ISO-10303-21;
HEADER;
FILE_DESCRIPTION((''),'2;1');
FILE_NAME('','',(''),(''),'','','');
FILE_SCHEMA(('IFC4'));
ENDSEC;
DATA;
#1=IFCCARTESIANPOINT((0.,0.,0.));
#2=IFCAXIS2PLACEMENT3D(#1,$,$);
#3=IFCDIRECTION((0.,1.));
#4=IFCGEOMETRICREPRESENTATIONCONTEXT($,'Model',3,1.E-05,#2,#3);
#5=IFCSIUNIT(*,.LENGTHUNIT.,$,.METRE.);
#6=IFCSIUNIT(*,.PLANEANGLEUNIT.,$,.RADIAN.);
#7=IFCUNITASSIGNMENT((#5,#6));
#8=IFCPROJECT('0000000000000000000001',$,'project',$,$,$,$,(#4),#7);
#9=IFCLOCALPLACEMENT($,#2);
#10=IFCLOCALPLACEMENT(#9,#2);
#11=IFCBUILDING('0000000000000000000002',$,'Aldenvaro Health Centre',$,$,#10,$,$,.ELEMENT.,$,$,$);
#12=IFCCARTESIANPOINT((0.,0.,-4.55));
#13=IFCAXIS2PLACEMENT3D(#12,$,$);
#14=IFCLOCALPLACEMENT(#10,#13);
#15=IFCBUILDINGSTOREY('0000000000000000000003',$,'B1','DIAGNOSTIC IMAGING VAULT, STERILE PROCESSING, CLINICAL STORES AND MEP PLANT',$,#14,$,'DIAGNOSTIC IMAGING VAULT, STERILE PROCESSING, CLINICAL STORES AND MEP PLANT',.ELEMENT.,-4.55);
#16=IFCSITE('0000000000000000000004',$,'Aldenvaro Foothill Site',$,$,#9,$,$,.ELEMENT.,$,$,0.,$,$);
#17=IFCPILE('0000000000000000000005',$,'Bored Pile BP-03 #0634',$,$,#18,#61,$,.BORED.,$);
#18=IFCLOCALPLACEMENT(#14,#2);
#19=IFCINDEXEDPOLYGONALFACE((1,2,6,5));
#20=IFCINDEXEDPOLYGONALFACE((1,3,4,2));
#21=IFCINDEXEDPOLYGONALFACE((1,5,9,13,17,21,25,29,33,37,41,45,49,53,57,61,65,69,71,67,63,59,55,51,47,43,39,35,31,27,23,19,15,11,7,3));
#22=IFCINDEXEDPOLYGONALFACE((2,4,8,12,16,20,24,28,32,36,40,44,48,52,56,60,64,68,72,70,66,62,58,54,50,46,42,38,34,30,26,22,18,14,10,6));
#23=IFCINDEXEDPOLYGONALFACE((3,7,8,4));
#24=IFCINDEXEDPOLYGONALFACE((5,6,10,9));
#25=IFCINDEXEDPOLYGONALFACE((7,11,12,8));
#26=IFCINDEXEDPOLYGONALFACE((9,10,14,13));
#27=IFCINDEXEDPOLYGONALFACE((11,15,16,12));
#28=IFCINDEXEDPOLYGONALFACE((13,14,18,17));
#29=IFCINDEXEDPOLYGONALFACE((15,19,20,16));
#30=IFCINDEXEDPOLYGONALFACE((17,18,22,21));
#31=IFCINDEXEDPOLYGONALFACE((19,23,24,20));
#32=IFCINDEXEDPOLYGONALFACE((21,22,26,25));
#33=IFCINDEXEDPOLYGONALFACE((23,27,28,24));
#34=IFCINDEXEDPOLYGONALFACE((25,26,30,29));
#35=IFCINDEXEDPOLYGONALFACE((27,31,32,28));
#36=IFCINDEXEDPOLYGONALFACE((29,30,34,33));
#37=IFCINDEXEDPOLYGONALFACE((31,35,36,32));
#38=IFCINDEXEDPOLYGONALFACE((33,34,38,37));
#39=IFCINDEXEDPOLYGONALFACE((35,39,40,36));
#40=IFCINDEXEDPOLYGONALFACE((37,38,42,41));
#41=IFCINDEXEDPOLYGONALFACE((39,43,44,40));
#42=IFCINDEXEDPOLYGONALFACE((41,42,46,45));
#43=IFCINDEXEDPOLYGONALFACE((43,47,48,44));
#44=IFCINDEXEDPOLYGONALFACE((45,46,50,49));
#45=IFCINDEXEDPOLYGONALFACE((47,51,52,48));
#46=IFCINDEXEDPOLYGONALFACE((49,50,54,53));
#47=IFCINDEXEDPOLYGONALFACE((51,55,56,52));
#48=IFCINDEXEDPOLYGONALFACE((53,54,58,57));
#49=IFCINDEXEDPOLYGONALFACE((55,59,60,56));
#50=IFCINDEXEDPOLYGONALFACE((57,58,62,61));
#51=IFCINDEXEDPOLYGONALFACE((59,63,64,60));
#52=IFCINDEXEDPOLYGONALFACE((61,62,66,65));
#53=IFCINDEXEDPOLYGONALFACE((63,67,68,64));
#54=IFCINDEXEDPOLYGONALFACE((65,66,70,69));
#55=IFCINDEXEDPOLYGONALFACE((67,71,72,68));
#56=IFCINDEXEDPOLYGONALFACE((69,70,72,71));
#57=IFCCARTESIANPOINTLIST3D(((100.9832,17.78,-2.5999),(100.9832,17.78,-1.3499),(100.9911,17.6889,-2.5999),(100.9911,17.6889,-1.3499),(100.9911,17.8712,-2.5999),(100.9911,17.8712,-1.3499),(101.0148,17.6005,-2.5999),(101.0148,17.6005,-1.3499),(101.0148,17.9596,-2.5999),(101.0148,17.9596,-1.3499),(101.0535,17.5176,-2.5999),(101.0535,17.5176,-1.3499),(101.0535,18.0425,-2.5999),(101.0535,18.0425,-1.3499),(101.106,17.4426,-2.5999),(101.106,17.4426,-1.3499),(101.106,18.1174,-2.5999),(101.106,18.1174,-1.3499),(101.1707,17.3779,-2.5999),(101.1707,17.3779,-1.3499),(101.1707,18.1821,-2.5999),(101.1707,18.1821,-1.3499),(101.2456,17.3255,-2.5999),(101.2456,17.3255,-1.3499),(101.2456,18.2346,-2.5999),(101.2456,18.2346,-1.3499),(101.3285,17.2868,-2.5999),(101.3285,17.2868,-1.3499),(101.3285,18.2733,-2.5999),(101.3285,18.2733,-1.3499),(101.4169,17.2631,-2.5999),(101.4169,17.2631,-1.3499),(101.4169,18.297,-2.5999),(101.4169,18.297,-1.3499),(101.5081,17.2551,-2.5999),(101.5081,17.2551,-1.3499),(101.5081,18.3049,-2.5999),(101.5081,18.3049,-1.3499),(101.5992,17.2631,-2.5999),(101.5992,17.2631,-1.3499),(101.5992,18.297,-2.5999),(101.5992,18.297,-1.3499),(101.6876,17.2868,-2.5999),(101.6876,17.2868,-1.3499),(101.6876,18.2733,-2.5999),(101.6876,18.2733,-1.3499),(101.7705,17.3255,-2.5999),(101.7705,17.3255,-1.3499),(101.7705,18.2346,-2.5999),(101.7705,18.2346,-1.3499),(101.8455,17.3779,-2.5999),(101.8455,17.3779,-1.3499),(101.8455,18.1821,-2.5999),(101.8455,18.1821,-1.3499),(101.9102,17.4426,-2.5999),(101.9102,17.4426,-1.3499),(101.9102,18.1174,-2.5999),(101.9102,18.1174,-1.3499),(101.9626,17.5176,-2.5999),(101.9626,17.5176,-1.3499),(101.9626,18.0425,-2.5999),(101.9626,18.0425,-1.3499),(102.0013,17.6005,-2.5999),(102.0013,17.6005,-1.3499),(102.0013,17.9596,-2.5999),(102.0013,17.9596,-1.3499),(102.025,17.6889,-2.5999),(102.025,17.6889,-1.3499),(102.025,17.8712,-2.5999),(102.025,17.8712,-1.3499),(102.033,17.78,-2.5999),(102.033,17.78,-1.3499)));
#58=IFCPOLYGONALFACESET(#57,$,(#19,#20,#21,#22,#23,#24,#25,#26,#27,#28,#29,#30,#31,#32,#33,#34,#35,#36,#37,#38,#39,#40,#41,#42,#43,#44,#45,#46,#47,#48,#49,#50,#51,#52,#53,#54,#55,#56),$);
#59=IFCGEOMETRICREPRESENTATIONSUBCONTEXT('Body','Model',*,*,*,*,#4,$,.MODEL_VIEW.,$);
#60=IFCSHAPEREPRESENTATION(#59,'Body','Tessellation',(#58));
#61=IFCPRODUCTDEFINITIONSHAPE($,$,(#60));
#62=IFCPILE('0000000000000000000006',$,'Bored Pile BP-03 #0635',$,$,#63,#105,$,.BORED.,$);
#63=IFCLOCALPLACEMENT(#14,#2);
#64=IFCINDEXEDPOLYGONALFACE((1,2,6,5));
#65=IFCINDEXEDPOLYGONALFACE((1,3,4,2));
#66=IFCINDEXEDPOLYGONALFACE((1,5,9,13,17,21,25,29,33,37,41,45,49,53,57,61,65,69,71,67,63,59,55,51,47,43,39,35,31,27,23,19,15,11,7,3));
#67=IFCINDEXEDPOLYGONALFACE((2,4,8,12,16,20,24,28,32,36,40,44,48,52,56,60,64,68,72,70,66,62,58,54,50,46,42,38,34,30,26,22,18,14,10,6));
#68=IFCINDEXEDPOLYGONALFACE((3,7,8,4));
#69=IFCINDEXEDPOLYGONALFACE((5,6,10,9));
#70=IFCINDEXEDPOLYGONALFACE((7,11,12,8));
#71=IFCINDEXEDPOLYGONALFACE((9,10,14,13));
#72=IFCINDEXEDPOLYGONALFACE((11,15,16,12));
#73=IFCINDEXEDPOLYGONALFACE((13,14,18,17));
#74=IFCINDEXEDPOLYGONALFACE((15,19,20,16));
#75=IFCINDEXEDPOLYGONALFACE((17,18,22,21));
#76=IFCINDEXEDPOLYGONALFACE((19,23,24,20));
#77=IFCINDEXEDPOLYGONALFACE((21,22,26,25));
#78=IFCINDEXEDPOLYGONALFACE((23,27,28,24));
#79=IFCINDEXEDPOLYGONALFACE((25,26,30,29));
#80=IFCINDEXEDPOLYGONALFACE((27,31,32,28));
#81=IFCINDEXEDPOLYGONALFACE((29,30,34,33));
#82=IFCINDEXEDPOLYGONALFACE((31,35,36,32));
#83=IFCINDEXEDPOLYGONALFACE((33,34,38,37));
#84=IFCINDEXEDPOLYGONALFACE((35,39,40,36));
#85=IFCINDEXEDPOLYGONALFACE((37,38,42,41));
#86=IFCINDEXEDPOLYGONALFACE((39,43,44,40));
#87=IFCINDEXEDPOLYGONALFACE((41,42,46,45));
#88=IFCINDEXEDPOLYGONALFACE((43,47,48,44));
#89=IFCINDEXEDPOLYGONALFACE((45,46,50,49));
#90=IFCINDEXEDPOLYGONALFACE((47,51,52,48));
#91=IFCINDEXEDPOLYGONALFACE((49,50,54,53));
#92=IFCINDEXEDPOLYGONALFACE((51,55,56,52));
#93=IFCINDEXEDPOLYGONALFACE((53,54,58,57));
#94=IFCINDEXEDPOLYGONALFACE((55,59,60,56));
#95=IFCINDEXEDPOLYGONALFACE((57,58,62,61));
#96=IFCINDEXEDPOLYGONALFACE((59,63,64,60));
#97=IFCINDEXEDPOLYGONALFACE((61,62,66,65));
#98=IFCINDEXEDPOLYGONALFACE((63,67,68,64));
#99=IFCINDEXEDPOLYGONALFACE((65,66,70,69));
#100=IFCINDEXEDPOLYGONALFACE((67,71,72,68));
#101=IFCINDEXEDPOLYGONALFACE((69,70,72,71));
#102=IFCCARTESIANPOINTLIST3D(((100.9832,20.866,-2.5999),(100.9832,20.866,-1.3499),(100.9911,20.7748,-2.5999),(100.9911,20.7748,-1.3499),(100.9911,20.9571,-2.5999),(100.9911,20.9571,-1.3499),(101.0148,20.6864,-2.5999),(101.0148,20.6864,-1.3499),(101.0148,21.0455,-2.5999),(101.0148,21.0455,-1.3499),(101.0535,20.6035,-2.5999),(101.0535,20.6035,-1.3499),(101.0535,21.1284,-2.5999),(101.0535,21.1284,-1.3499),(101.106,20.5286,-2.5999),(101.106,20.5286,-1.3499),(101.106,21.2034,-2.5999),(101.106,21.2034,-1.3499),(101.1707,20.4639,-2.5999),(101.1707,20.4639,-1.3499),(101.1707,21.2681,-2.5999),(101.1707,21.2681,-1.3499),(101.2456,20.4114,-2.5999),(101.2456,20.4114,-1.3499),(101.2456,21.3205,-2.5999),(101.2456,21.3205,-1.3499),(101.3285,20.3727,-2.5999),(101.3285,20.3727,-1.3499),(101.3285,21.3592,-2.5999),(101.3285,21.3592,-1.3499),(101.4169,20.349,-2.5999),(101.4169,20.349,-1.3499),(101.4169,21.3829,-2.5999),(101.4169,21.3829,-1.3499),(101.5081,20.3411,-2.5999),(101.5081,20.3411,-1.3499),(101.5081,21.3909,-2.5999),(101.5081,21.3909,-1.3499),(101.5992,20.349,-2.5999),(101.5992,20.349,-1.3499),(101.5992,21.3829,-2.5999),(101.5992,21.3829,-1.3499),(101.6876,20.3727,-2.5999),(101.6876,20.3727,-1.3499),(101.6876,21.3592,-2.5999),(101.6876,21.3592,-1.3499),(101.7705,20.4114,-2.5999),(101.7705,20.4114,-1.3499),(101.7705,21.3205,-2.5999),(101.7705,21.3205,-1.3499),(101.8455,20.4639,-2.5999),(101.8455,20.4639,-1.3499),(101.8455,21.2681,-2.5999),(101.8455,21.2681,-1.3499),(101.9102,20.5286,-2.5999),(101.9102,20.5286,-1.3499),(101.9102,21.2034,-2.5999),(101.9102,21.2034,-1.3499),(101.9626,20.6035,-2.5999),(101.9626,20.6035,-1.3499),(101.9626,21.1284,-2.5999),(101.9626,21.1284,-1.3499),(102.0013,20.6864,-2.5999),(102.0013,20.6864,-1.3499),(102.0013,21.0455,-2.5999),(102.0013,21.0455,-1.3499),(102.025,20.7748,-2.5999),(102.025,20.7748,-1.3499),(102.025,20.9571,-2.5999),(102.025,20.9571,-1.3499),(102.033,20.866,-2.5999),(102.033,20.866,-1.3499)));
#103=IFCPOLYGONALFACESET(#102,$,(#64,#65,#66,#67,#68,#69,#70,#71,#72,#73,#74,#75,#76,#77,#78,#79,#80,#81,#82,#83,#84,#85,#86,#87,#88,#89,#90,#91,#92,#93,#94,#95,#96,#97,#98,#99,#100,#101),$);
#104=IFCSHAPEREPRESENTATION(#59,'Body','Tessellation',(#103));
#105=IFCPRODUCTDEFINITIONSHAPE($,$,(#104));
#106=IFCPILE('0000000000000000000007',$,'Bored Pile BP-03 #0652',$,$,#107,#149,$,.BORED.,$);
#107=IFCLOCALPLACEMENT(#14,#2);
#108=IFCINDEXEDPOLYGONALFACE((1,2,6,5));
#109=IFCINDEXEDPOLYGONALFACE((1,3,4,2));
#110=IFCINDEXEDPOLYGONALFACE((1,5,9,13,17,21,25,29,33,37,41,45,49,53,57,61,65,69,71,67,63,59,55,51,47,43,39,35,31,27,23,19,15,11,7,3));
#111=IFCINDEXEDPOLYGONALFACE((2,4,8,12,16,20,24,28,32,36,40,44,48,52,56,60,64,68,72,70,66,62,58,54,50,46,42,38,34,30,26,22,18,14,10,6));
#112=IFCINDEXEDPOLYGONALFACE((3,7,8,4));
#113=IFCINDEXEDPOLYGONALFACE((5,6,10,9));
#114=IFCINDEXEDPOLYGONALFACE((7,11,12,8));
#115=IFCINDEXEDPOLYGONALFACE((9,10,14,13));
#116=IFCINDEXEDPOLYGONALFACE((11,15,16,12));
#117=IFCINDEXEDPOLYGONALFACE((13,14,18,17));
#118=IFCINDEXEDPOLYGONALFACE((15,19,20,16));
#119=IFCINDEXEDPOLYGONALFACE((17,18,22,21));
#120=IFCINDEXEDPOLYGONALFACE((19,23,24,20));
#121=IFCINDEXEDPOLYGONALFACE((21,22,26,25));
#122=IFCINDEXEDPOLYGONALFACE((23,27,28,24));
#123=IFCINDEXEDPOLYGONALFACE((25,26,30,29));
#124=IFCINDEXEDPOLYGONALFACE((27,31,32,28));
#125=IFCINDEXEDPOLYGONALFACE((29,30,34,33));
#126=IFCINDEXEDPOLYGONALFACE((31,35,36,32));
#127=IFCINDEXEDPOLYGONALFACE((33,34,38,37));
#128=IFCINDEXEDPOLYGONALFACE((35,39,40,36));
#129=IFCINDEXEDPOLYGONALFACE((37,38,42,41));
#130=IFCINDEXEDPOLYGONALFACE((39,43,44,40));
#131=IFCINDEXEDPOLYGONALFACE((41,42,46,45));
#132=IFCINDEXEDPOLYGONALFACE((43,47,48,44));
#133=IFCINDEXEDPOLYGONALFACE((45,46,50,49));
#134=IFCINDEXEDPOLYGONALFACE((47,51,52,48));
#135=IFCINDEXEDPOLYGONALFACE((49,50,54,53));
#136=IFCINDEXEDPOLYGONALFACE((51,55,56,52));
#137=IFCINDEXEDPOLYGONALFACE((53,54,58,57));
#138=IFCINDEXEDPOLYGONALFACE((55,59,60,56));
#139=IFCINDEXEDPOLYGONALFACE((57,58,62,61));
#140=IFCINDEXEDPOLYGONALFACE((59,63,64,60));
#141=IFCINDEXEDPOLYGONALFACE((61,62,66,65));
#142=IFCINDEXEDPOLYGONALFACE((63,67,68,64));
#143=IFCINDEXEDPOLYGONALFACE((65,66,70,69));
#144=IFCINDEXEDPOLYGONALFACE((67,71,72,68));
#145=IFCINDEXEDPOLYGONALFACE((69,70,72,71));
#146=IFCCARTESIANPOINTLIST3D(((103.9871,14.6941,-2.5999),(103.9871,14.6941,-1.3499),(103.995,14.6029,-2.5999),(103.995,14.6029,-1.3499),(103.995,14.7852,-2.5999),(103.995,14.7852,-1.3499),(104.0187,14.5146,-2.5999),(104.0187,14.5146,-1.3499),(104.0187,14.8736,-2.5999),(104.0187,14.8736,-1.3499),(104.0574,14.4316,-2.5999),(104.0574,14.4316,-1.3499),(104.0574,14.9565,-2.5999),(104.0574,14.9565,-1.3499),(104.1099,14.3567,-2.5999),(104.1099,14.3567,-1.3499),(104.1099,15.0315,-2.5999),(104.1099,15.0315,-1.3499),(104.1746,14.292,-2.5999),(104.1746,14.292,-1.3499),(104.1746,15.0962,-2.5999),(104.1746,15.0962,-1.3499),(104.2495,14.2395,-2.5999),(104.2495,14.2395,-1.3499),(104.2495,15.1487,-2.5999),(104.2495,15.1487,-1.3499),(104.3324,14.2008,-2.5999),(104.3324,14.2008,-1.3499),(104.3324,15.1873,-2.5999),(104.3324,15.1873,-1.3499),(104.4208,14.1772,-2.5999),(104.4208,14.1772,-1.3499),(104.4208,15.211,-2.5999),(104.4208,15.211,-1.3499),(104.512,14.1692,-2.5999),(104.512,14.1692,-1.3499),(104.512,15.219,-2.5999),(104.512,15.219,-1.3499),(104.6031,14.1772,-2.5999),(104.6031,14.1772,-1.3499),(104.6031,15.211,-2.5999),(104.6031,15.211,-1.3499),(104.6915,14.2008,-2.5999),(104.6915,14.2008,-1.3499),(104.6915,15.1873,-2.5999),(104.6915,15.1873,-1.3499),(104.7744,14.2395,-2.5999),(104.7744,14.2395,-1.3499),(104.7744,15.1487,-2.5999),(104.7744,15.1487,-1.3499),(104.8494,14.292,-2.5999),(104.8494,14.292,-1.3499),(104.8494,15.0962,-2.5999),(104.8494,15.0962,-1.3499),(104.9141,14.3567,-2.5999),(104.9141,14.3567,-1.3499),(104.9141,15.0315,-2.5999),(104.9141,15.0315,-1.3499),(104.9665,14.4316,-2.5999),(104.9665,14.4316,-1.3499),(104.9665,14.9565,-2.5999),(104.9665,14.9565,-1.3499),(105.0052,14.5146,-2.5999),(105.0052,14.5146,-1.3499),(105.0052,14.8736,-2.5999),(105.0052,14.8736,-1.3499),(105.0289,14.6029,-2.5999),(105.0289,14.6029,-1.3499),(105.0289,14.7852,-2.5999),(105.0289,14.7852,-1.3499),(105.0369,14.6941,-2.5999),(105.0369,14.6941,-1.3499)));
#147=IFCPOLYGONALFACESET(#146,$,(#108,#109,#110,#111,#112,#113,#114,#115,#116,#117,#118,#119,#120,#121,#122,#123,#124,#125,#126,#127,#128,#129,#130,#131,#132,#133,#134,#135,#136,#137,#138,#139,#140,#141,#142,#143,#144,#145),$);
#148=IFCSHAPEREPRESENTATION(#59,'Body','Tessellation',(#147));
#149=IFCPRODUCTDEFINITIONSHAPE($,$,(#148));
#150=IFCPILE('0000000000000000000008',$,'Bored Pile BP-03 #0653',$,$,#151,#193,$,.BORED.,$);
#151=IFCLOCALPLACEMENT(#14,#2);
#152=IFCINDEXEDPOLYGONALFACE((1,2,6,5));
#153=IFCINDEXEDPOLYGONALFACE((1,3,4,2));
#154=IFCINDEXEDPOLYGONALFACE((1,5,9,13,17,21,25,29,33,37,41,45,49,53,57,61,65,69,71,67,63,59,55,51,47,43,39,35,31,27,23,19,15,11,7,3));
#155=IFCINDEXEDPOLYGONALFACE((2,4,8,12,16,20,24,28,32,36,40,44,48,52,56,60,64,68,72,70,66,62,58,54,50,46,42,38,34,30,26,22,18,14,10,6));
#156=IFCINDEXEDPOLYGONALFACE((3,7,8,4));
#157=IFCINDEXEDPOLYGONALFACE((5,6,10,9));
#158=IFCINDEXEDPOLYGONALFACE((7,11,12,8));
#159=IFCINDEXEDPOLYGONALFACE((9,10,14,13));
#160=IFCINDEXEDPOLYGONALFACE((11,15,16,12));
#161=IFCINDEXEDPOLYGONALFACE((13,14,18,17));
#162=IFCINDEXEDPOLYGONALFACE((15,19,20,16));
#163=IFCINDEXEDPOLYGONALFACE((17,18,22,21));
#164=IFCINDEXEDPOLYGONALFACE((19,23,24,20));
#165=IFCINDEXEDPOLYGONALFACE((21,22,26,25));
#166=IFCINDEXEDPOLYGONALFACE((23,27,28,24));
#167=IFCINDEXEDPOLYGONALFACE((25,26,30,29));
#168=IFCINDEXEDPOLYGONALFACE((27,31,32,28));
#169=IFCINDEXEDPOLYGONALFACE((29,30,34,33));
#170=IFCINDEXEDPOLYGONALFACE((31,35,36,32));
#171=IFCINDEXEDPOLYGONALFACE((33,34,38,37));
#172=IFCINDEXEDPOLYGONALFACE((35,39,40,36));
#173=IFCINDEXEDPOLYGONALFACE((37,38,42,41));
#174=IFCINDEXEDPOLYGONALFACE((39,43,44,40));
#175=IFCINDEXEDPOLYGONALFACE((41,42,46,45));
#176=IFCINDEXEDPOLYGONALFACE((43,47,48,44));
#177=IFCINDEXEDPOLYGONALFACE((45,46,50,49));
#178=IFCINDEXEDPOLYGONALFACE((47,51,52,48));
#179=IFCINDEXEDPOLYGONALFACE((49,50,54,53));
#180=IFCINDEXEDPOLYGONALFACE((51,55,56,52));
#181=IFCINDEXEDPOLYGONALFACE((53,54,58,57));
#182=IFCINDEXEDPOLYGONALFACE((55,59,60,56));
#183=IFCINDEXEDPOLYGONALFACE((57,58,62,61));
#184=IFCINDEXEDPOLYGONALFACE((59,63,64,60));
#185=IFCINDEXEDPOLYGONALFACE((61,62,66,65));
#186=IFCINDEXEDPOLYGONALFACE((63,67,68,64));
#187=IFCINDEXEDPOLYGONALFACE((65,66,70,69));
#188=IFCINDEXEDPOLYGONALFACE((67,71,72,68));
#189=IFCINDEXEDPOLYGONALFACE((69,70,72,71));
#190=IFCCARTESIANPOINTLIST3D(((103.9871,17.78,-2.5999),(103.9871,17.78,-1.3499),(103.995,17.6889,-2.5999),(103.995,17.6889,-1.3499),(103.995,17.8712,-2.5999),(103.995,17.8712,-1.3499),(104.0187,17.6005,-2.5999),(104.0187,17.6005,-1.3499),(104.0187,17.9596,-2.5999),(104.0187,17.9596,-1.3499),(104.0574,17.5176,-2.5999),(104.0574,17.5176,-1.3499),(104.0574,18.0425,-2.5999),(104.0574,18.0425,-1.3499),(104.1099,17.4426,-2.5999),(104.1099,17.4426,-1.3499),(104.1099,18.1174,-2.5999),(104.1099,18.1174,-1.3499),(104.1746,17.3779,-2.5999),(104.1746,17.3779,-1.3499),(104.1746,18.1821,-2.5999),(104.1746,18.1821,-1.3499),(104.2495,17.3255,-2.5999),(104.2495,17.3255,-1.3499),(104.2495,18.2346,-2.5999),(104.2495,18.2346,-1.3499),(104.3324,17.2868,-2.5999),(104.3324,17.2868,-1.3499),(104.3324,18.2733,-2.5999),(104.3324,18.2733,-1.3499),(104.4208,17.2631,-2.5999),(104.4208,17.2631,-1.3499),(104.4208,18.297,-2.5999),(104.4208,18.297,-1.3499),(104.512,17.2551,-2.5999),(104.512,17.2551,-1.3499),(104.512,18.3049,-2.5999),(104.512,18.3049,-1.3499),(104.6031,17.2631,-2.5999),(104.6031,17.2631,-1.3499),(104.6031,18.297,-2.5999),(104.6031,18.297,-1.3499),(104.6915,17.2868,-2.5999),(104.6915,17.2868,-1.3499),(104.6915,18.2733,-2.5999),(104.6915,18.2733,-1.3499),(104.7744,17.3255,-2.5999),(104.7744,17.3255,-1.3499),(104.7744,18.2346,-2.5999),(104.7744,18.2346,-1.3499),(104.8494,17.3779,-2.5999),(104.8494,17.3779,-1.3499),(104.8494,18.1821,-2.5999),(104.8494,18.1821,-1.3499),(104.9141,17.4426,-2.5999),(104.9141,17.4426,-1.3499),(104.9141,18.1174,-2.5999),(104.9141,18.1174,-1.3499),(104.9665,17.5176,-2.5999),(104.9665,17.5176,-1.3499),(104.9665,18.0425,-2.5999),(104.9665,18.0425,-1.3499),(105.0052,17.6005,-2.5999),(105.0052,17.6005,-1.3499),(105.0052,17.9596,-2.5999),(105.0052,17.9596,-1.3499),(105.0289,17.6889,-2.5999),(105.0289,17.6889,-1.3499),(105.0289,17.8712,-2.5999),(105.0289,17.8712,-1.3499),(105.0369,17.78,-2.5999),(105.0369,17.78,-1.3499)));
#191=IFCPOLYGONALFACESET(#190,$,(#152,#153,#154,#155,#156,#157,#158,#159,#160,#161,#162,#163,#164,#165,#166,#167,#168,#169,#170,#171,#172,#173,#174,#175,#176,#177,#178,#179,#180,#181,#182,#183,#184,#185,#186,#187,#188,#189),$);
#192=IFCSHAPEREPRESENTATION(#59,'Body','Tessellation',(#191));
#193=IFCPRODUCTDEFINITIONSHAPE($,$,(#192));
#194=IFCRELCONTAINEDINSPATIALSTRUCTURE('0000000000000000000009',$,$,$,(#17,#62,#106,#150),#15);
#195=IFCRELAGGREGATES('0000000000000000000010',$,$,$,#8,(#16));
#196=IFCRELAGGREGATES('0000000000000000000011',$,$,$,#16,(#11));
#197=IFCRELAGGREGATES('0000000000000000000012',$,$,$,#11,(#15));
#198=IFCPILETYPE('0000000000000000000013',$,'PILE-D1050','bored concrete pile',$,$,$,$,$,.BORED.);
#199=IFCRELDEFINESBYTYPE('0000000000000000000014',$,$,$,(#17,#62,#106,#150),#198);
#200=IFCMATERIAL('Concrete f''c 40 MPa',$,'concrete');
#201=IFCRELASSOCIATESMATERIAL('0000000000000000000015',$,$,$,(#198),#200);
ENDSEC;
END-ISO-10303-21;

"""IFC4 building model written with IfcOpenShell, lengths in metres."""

from ifc_helpers import new_model, si_unit, direction, frame, origin, origin_2d, place, context, subcontext, project, spatial, circle, extrude, material, material_profile, profile_set, type_object, element, save


model = new_model("IFC4")

# Units and contexts
model_context = context("Model", 3, precision=1e-05, world=origin(), true_north=direction((0.0, 1.0)))
body_context = subcontext(model_context, "Body", "Model", "MODEL_VIEW")
ifc_project = project(units=[si_unit("LENGTHUNIT", "METRE"), si_unit("PLANEANGLEUNIT", "RADIAN")], contexts=[model_context])

# Site, building, storey
site_placement = place(None, origin())
site = spatial("IfcSite", under=ifc_project, at=site_placement, Name="Aldenvaro Foothill Site", CompositionType="ELEMENT", RefElevation=0.0)
building_placement = place(site_placement, origin())
building = spatial("IfcBuilding", under=site, at=building_placement, Name="Aldenvaro Health Centre", CompositionType="ELEMENT")
storey_placement = place(building_placement, frame((0.0, 0.0, -4.55)))
storey = spatial("IfcBuildingStorey", under=building, at=storey_placement, Name="B1", Description="DIAGNOSTIC IMAGING VAULT, STERILE PROCESSING, CLINICAL STORES AND MEP PLANT", LongName="DIAGNOSTIC IMAGING VAULT, STERILE PROCESSING, CLINICAL STORES AND MEP PLANT", CompositionType="ELEMENT", Elevation=-4.55)

# Piles
ifc_material_1 = material(Name="Concrete f'c 40 MPa", Category="concrete")
ifc_material_profile_1 = material_profile(ifc_material_1, circle(Radius=0.5249, at=origin_2d()), Name="PILE D1050", Category="concrete")
ifc_profile_set_1 = profile_set([ifc_material_profile_1], Name="Concrete f'c 40 MPa")
pile_type = type_object("IfcPileType", Name="PILE-D1050", Description="bored concrete pile", PredefinedType="BORED", material=ifc_profile_set_1)
for number, where, z_axis, x_axis, name in (
    (1, (101.5081, 17.78, -1.3499), (0.0, 0.0, -1.0), (1.0, 0.0, 0.0), "Bored Pile BP-03 #0634"),
    (2, (101.5081, 20.866, -1.3499), (0.0, 0.0, -1.0), (1.0, 0.0, 0.0), "Bored Pile BP-03 #0635"),
    (3, (104.512, 14.6941, -1.3499), (0.0, 0.0, -1.0), (1.0, 0.0, 0.0), "Bored Pile BP-03 #0652"),
    (4, (104.512, 17.78, -1.3499), (0.0, 0.0, -1.0), (1.0, 0.0, 0.0), "Bored Pile BP-03 #0653"),
):
    element("IfcPile", number, at=place(storey_placement, frame(where, z_axis=z_axis, x_axis=x_axis)), inside=storey, type_object=pile_type, Name=name, PredefinedType="BORED", context=body_context, shape_type="SweptSolid", body=[
        extrude(circle(Radius=0.5249, at=origin_2d()), origin(), (0.0, 0.0, 1.0), 1.25),
    ])

save(model, "model.ifc")
